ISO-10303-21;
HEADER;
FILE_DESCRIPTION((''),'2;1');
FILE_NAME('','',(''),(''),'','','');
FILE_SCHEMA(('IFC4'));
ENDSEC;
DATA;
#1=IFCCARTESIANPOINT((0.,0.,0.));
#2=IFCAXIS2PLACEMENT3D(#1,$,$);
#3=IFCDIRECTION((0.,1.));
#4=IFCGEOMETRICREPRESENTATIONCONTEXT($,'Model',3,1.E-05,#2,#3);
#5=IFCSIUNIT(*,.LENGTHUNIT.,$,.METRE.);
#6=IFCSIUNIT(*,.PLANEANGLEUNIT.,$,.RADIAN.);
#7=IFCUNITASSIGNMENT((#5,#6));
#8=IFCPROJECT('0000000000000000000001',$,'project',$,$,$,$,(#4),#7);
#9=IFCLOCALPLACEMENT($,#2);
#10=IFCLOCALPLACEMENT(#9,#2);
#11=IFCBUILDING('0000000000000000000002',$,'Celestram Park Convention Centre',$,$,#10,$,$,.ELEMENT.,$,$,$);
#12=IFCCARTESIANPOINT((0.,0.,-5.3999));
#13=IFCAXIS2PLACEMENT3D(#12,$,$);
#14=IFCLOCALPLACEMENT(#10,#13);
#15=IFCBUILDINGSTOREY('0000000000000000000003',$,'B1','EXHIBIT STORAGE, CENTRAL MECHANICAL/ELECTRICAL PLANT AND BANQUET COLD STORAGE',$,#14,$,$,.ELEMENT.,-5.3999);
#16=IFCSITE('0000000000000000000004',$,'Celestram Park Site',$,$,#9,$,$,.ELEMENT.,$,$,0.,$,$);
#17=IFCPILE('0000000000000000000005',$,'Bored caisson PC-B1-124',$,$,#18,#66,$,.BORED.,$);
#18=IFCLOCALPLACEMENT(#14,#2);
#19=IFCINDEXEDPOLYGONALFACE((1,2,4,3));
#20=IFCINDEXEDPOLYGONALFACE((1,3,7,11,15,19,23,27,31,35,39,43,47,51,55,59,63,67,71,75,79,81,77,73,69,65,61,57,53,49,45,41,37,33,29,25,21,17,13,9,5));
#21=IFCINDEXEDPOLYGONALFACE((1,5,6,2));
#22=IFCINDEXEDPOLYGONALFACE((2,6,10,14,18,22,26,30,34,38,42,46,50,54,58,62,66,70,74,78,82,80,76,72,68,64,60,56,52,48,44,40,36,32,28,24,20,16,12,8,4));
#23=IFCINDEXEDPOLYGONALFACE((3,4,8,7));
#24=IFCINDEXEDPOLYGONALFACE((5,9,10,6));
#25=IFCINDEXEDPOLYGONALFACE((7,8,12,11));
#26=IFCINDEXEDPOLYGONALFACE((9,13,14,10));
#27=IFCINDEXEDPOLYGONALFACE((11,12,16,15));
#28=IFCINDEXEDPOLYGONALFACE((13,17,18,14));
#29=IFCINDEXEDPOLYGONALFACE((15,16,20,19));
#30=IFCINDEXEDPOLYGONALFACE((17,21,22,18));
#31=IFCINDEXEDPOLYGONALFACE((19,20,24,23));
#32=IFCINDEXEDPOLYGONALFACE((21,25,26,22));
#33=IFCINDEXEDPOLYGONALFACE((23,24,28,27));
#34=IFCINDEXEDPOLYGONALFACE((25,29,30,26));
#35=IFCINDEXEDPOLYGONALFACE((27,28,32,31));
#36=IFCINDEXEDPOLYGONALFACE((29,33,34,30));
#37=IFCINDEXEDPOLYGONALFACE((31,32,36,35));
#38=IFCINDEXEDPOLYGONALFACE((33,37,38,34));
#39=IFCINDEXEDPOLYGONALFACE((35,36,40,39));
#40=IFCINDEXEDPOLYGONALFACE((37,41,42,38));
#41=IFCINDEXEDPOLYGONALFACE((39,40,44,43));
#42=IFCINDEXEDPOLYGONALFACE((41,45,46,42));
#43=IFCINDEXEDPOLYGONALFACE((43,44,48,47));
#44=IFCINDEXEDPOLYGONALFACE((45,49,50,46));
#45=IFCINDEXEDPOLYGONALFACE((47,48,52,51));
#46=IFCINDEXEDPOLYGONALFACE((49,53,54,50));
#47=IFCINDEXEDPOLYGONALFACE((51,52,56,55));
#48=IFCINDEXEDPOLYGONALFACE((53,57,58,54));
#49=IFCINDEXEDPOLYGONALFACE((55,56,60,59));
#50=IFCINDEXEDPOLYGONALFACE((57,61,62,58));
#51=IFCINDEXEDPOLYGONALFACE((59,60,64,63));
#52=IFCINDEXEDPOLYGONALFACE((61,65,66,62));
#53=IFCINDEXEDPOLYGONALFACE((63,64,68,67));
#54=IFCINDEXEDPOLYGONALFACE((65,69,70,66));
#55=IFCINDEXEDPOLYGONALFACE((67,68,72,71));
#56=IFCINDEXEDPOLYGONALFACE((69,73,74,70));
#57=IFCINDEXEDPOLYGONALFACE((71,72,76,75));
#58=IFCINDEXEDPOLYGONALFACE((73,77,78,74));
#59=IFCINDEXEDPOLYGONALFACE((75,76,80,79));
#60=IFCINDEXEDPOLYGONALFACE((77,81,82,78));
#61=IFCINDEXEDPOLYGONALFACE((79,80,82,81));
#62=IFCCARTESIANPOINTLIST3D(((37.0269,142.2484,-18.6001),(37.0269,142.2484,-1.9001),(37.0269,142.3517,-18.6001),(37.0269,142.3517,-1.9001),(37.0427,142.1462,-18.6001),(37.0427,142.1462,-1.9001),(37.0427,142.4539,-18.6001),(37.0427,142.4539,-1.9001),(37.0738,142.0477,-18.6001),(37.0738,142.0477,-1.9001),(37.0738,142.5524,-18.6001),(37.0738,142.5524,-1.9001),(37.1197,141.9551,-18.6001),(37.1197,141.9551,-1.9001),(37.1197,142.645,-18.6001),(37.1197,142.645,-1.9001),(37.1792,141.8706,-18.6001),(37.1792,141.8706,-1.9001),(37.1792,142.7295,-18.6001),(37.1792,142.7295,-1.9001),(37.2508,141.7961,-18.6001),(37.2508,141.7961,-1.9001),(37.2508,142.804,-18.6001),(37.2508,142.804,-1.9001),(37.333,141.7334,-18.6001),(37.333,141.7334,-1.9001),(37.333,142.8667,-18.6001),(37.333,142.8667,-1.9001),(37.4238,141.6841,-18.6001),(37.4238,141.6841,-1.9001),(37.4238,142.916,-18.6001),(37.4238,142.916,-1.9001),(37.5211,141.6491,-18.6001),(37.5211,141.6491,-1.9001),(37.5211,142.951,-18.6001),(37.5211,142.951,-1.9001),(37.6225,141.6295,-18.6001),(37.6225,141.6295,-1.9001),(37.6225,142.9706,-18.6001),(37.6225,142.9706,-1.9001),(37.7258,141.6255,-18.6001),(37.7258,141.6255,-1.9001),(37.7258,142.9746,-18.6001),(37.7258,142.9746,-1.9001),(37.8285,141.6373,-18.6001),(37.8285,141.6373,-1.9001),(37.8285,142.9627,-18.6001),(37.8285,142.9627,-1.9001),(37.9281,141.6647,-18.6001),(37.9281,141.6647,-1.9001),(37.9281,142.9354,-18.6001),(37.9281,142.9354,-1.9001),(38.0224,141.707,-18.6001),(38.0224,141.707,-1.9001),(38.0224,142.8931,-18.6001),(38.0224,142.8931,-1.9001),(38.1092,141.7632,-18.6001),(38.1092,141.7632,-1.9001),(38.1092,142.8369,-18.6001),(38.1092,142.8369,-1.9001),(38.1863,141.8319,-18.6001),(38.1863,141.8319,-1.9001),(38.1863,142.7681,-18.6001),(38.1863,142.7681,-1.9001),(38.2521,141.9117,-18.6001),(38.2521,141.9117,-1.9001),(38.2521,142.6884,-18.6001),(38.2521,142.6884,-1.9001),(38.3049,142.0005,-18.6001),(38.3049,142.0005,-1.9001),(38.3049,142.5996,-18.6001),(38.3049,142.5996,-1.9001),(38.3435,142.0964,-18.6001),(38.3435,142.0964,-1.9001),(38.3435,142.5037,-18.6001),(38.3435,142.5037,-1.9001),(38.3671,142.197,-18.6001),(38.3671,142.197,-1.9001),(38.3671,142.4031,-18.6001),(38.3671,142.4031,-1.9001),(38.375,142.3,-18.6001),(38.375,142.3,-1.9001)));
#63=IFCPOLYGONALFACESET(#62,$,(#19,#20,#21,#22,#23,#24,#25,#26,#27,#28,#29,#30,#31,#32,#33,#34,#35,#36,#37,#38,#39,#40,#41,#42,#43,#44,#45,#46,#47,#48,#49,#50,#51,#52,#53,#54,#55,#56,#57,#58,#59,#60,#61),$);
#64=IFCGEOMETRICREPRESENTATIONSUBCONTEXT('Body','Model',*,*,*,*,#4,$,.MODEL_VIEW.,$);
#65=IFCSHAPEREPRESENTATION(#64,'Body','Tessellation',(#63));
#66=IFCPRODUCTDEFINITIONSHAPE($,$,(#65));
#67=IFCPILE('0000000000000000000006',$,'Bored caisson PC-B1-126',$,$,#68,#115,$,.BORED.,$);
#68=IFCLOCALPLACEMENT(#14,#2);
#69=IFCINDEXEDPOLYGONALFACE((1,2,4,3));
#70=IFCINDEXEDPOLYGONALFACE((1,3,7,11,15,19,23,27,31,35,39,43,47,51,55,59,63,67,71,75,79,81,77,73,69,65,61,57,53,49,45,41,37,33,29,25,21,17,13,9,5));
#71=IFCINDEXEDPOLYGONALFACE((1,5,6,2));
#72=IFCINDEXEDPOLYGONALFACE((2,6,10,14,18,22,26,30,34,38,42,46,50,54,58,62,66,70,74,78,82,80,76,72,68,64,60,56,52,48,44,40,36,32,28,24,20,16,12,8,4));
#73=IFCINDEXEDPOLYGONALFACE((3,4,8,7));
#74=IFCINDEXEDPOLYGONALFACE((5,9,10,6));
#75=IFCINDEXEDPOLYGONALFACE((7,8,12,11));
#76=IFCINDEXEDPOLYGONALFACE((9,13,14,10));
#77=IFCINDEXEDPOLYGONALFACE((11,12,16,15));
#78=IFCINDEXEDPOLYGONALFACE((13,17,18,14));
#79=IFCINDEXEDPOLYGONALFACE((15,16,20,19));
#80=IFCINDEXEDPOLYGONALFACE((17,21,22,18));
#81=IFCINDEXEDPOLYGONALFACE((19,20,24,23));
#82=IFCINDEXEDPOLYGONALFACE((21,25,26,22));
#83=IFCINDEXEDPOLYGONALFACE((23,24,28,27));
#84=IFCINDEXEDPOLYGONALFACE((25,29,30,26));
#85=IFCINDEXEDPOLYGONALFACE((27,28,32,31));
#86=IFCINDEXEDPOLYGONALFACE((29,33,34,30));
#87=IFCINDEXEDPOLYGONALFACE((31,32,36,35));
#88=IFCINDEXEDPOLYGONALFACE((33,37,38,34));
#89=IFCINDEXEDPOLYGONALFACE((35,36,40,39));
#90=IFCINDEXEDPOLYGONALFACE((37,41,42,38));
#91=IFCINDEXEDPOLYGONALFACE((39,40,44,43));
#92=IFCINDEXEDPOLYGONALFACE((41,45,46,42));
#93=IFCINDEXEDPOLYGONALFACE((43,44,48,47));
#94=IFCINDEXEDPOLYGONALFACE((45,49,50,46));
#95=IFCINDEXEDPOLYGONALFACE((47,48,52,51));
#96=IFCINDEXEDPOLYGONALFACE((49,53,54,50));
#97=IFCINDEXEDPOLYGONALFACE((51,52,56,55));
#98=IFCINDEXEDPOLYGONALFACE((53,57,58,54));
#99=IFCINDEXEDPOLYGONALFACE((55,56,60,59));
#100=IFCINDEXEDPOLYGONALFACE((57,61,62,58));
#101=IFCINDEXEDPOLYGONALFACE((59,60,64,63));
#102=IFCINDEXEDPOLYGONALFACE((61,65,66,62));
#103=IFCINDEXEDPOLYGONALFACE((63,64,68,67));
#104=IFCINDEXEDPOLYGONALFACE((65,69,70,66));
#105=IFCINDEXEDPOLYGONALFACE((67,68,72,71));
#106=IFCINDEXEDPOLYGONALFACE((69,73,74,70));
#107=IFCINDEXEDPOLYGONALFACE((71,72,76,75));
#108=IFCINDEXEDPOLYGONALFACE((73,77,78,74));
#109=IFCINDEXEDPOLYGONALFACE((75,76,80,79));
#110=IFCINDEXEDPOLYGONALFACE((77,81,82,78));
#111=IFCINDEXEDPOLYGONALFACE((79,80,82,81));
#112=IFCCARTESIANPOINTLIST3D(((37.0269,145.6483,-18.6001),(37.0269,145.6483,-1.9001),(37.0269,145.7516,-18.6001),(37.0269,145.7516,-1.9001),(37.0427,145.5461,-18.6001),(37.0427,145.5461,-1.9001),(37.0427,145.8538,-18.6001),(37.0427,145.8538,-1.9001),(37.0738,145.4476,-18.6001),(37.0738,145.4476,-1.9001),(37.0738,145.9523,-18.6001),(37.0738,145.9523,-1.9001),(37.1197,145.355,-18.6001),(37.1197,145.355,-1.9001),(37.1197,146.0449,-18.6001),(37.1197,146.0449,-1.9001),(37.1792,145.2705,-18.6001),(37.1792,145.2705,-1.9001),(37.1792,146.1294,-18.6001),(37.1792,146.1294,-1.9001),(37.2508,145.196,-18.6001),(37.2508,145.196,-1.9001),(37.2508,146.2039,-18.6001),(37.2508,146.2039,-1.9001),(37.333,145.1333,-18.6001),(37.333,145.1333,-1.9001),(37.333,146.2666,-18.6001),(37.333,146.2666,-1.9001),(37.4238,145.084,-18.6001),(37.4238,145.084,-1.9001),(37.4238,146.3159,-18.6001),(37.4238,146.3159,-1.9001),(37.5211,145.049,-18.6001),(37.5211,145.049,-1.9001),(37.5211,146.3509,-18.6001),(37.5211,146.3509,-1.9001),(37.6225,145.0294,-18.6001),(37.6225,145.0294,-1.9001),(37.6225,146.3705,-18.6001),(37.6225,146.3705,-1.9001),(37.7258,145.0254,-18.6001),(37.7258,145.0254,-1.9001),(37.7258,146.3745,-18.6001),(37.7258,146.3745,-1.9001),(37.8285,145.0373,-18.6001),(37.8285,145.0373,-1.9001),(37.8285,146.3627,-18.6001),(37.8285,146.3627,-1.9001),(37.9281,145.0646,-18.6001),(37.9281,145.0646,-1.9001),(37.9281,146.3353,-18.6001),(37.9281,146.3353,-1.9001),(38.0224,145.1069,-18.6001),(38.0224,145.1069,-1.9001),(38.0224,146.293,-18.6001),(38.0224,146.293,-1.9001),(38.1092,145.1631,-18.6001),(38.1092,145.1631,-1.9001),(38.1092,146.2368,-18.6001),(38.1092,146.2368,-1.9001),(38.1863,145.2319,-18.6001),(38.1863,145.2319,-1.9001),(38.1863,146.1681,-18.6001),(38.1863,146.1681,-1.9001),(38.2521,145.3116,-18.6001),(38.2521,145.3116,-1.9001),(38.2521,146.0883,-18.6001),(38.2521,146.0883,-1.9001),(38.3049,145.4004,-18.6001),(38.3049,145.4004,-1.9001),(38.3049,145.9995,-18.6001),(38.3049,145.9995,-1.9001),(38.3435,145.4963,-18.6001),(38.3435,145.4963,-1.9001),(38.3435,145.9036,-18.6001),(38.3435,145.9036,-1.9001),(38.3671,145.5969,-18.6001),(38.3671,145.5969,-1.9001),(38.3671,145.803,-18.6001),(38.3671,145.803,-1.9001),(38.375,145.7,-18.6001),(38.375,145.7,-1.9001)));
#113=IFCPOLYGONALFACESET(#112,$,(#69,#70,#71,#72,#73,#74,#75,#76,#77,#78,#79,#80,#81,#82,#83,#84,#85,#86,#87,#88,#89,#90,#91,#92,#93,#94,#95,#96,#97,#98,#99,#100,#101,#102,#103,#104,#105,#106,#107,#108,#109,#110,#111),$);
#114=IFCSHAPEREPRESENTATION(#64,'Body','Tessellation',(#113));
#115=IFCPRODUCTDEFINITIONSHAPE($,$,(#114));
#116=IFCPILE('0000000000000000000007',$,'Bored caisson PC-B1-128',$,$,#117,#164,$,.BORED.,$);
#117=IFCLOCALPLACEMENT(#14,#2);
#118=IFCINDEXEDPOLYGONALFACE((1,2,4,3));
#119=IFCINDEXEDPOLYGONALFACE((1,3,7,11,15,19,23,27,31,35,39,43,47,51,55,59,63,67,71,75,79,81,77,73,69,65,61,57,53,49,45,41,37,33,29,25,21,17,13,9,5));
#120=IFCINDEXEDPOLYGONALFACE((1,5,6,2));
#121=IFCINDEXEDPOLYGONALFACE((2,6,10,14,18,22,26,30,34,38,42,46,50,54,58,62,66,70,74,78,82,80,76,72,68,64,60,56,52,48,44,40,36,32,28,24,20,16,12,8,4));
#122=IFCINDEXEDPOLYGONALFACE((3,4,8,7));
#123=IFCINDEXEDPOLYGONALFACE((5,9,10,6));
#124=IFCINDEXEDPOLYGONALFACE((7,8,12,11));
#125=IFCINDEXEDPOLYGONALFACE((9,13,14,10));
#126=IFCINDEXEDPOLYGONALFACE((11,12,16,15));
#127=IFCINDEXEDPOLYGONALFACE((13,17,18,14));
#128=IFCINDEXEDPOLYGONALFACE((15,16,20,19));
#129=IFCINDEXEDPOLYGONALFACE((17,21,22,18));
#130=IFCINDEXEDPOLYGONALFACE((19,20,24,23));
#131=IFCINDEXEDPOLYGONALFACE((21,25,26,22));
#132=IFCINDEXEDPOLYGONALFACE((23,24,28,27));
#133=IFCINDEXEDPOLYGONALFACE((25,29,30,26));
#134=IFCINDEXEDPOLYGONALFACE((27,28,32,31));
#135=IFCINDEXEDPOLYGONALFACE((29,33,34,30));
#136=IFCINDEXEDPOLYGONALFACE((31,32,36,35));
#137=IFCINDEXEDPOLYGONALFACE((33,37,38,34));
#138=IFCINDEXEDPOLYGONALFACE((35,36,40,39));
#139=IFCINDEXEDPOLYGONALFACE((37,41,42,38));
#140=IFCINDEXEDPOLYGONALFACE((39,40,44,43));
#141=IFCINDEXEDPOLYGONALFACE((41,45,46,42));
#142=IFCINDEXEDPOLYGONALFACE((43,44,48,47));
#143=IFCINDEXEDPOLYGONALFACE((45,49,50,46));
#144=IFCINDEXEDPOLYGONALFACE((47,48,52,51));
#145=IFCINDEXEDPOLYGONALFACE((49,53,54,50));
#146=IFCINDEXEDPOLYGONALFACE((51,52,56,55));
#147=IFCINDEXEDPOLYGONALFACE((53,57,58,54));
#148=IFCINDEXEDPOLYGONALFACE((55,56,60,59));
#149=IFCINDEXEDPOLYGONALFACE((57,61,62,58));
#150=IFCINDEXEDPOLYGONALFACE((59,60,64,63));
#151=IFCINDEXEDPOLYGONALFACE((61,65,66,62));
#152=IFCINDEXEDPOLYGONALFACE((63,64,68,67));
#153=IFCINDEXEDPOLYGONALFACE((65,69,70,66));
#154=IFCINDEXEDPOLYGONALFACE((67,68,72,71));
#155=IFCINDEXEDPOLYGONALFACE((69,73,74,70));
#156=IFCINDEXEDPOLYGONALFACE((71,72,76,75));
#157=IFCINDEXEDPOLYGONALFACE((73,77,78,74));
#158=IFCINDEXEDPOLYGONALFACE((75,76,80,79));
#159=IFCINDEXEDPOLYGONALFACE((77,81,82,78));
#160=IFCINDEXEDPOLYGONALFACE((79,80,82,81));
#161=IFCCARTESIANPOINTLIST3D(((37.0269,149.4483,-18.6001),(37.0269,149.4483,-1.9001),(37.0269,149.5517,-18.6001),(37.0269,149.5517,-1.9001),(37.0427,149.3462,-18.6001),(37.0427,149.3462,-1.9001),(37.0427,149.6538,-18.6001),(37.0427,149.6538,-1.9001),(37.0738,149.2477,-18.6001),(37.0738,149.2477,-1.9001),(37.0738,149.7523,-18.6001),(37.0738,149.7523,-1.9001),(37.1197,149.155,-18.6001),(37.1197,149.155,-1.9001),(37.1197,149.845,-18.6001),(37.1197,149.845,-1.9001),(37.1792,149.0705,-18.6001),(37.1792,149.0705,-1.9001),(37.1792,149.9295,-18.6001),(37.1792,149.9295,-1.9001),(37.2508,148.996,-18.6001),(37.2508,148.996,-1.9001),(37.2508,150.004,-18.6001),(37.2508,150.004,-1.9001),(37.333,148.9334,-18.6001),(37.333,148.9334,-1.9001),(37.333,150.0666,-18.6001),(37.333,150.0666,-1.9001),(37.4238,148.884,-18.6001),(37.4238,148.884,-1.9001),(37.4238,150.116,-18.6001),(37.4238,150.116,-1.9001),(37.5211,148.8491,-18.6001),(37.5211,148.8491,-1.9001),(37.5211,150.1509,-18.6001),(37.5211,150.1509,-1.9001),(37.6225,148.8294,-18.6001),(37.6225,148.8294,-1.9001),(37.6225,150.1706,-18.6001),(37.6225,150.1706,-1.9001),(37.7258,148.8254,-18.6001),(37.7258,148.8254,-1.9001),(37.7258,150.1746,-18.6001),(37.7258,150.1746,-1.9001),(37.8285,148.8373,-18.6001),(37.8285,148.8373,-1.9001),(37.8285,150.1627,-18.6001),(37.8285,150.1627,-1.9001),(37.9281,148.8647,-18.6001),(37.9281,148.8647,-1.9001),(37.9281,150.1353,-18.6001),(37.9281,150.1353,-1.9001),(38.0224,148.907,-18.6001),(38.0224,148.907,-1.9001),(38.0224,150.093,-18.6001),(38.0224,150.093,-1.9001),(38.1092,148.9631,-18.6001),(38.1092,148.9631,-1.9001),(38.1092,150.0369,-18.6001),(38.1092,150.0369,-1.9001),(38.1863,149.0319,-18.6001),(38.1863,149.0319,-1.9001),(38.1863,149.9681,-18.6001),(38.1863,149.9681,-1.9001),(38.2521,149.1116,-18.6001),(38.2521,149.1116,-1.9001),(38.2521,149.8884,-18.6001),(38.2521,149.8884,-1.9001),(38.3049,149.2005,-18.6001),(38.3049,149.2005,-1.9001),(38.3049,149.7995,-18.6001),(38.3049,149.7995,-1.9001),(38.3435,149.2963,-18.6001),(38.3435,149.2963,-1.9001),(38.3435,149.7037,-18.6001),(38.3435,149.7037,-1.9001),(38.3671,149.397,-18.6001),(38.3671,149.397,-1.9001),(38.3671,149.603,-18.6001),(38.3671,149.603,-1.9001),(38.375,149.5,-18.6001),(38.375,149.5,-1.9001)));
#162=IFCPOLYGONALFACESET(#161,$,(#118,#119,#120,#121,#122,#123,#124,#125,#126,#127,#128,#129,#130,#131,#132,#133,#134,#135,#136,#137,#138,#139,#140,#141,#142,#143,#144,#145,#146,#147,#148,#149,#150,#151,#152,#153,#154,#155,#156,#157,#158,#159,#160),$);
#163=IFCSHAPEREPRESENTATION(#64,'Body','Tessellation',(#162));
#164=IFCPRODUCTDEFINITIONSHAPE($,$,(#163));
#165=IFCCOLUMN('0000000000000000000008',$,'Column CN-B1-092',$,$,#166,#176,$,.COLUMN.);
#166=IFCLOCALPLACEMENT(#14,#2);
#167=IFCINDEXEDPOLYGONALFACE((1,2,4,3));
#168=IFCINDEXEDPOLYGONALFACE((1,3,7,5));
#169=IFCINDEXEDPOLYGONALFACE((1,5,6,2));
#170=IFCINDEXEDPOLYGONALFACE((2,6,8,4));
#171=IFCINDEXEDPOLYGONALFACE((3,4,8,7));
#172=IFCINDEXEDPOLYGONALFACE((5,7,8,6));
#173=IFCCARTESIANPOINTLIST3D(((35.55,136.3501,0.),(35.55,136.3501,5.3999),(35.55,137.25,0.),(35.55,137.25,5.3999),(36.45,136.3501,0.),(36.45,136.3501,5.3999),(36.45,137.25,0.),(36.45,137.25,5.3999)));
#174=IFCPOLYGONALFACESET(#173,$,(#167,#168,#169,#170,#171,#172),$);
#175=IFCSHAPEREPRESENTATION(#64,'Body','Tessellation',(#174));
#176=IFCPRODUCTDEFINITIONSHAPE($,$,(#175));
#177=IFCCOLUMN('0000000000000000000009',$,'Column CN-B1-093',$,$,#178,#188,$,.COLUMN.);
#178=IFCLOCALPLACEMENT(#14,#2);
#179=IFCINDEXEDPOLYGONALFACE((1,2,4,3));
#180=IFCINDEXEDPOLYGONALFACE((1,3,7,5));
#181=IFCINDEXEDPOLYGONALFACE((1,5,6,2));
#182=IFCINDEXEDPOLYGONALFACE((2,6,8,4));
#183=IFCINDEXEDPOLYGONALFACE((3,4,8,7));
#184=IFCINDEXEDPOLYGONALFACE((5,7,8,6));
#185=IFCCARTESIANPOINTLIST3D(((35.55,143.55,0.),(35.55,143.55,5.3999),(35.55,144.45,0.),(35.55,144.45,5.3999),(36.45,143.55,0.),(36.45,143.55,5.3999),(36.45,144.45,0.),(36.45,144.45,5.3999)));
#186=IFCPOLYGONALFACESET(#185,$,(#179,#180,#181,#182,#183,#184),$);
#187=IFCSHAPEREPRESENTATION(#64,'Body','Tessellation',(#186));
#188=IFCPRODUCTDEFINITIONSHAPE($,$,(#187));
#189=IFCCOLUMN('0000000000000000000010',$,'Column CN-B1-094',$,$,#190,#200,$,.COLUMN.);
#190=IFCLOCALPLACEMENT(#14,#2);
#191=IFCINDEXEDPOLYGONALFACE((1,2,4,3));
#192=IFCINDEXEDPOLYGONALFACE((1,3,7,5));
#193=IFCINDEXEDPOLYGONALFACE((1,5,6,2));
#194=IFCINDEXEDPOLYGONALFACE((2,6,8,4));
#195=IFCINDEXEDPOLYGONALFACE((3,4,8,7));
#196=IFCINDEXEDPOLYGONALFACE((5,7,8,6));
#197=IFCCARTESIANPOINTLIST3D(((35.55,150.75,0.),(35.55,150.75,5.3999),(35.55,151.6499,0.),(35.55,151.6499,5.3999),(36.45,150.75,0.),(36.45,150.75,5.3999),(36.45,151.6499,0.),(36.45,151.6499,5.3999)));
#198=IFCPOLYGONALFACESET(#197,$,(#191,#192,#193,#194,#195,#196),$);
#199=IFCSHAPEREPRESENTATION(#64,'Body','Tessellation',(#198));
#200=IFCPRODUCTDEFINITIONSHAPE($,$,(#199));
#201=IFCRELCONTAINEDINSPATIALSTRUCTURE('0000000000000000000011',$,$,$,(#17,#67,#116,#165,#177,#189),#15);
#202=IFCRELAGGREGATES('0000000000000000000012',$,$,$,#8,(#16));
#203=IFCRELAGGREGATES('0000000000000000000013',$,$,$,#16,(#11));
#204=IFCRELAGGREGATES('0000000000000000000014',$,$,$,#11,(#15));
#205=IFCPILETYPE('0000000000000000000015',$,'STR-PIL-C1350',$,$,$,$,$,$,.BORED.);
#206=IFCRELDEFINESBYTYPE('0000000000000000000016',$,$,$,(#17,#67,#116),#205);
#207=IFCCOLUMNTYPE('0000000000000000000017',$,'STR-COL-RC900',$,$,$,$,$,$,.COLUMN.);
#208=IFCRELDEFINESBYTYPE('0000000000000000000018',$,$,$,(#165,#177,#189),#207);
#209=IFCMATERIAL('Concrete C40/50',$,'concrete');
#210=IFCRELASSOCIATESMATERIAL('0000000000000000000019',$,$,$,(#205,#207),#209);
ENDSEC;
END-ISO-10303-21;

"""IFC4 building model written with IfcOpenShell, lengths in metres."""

from ifc_helpers import new_model, si_unit, direction, frame, origin, origin_2d, place, context, subcontext, project, spatial, rectangle, circle, extrude, material, material_profile, profile_set, type_object, element, save


model = new_model("IFC4")

# Units and contexts
model_context = context("Model", 3, precision=1e-05, world=origin(), true_north=direction((0.0, 1.0)))
body_context = subcontext(model_context, "Body", "Model", "MODEL_VIEW")
ifc_project = project(units=[si_unit("LENGTHUNIT", "METRE"), si_unit("PLANEANGLEUNIT", "RADIAN")], contexts=[model_context])

# Site, building, storey
site_placement = place(None, origin())
site = spatial("IfcSite", under=ifc_project, at=site_placement, Name="Celestram Park Site", CompositionType="ELEMENT", RefElevation=0.0)
building_placement = place(site_placement, origin())
building = spatial("IfcBuilding", under=site, at=building_placement, Name="Celestram Park Convention Centre", CompositionType="ELEMENT")
storey_placement = place(building_placement, frame((0.0, 0.0, -5.3999)))
storey = spatial("IfcBuildingStorey", under=building, at=storey_placement, Name="B1", Description="EXHIBIT STORAGE, CENTRAL MECHANICAL/ELECTRICAL PLANT AND BANQUET COLD STORAGE", CompositionType="ELEMENT", Elevation=-5.3999)

# Shared definitions
ifc_material_1 = material(Name="Concrete C40/50", Category="concrete")

# Piles
ifc_material_profile_1 = material_profile(ifc_material_1, circle(Radius=0.675, at=origin_2d()), Name="CAISSON1350")
ifc_profile_set_1 = profile_set([ifc_material_profile_1], Name="Concrete C40/50")
pile_type = type_object("IfcPileType", Name="STR-PIL-C1350", PredefinedType="BORED", material=ifc_profile_set_1)
for number, where, z_axis, x_axis, name in (
    (1, (37.7, 142.3, -1.9001), (0.0, 0.0, -1.0), (1.0, 0.0, 0.0), "Bored caisson PC-B1-124"),
    (2, (37.7, 145.7, -1.9001), (0.0, 0.0, -1.0), (1.0, 0.0, 0.0), "Bored caisson PC-B1-126"),
    (3, (37.7, 149.5, -1.9001), (0.0, 0.0, -1.0), (1.0, 0.0, 0.0), "Bored caisson PC-B1-128"),
):
    element("IfcPile", number, at=place(storey_placement, frame(where, z_axis=z_axis, x_axis=x_axis)), inside=storey, type_object=pile_type, Name=name, PredefinedType="BORED", context=body_context, shape_type="SweptSolid", body=[
        extrude(circle(Radius=0.675, at=origin_2d()), origin(), (0.0, 0.0, 1.0), 16.7),
    ])

# Columns
ifc_material_profile_2 = material_profile(ifc_material_1, rectangle(XDim=0.8999, YDim=0.8999, at=origin_2d()), Name="RC900X900")
ifc_profile_set_2 = profile_set([ifc_material_profile_2], Name="Concrete C40/50")
column_type = type_object("IfcColumnType", Name="STR-COL-RC900", PredefinedType="COLUMN", material=ifc_profile_set_2)
for number, where, z_axis, x_axis, name in (
    (4, (36.0, 136.8, 0.0), (0.0, 0.0, 1.0), (1.0, 0.0, 0.0), "Column CN-B1-092"),
    (5, (36.0, 144.0, 0.0), (0.0, 0.0, 1.0), (1.0, 0.0, 0.0), "Column CN-B1-093"),
    (6, (36.0, 151.2, 0.0), (0.0, 0.0, 1.0), (1.0, 0.0, 0.0), "Column CN-B1-094"),
):
    element("IfcColumn", number, at=place(storey_placement, frame(where, z_axis=z_axis, x_axis=x_axis)), inside=storey, type_object=column_type, Name=name, PredefinedType="COLUMN", context=body_context, shape_type="SweptSolid", body=[
        extrude(rectangle(XDim=0.8999, YDim=0.8999, at=origin_2d()), origin(), (0.0, 0.0, 1.0), 5.3999),
    ])

save(model, "model.ifc")
